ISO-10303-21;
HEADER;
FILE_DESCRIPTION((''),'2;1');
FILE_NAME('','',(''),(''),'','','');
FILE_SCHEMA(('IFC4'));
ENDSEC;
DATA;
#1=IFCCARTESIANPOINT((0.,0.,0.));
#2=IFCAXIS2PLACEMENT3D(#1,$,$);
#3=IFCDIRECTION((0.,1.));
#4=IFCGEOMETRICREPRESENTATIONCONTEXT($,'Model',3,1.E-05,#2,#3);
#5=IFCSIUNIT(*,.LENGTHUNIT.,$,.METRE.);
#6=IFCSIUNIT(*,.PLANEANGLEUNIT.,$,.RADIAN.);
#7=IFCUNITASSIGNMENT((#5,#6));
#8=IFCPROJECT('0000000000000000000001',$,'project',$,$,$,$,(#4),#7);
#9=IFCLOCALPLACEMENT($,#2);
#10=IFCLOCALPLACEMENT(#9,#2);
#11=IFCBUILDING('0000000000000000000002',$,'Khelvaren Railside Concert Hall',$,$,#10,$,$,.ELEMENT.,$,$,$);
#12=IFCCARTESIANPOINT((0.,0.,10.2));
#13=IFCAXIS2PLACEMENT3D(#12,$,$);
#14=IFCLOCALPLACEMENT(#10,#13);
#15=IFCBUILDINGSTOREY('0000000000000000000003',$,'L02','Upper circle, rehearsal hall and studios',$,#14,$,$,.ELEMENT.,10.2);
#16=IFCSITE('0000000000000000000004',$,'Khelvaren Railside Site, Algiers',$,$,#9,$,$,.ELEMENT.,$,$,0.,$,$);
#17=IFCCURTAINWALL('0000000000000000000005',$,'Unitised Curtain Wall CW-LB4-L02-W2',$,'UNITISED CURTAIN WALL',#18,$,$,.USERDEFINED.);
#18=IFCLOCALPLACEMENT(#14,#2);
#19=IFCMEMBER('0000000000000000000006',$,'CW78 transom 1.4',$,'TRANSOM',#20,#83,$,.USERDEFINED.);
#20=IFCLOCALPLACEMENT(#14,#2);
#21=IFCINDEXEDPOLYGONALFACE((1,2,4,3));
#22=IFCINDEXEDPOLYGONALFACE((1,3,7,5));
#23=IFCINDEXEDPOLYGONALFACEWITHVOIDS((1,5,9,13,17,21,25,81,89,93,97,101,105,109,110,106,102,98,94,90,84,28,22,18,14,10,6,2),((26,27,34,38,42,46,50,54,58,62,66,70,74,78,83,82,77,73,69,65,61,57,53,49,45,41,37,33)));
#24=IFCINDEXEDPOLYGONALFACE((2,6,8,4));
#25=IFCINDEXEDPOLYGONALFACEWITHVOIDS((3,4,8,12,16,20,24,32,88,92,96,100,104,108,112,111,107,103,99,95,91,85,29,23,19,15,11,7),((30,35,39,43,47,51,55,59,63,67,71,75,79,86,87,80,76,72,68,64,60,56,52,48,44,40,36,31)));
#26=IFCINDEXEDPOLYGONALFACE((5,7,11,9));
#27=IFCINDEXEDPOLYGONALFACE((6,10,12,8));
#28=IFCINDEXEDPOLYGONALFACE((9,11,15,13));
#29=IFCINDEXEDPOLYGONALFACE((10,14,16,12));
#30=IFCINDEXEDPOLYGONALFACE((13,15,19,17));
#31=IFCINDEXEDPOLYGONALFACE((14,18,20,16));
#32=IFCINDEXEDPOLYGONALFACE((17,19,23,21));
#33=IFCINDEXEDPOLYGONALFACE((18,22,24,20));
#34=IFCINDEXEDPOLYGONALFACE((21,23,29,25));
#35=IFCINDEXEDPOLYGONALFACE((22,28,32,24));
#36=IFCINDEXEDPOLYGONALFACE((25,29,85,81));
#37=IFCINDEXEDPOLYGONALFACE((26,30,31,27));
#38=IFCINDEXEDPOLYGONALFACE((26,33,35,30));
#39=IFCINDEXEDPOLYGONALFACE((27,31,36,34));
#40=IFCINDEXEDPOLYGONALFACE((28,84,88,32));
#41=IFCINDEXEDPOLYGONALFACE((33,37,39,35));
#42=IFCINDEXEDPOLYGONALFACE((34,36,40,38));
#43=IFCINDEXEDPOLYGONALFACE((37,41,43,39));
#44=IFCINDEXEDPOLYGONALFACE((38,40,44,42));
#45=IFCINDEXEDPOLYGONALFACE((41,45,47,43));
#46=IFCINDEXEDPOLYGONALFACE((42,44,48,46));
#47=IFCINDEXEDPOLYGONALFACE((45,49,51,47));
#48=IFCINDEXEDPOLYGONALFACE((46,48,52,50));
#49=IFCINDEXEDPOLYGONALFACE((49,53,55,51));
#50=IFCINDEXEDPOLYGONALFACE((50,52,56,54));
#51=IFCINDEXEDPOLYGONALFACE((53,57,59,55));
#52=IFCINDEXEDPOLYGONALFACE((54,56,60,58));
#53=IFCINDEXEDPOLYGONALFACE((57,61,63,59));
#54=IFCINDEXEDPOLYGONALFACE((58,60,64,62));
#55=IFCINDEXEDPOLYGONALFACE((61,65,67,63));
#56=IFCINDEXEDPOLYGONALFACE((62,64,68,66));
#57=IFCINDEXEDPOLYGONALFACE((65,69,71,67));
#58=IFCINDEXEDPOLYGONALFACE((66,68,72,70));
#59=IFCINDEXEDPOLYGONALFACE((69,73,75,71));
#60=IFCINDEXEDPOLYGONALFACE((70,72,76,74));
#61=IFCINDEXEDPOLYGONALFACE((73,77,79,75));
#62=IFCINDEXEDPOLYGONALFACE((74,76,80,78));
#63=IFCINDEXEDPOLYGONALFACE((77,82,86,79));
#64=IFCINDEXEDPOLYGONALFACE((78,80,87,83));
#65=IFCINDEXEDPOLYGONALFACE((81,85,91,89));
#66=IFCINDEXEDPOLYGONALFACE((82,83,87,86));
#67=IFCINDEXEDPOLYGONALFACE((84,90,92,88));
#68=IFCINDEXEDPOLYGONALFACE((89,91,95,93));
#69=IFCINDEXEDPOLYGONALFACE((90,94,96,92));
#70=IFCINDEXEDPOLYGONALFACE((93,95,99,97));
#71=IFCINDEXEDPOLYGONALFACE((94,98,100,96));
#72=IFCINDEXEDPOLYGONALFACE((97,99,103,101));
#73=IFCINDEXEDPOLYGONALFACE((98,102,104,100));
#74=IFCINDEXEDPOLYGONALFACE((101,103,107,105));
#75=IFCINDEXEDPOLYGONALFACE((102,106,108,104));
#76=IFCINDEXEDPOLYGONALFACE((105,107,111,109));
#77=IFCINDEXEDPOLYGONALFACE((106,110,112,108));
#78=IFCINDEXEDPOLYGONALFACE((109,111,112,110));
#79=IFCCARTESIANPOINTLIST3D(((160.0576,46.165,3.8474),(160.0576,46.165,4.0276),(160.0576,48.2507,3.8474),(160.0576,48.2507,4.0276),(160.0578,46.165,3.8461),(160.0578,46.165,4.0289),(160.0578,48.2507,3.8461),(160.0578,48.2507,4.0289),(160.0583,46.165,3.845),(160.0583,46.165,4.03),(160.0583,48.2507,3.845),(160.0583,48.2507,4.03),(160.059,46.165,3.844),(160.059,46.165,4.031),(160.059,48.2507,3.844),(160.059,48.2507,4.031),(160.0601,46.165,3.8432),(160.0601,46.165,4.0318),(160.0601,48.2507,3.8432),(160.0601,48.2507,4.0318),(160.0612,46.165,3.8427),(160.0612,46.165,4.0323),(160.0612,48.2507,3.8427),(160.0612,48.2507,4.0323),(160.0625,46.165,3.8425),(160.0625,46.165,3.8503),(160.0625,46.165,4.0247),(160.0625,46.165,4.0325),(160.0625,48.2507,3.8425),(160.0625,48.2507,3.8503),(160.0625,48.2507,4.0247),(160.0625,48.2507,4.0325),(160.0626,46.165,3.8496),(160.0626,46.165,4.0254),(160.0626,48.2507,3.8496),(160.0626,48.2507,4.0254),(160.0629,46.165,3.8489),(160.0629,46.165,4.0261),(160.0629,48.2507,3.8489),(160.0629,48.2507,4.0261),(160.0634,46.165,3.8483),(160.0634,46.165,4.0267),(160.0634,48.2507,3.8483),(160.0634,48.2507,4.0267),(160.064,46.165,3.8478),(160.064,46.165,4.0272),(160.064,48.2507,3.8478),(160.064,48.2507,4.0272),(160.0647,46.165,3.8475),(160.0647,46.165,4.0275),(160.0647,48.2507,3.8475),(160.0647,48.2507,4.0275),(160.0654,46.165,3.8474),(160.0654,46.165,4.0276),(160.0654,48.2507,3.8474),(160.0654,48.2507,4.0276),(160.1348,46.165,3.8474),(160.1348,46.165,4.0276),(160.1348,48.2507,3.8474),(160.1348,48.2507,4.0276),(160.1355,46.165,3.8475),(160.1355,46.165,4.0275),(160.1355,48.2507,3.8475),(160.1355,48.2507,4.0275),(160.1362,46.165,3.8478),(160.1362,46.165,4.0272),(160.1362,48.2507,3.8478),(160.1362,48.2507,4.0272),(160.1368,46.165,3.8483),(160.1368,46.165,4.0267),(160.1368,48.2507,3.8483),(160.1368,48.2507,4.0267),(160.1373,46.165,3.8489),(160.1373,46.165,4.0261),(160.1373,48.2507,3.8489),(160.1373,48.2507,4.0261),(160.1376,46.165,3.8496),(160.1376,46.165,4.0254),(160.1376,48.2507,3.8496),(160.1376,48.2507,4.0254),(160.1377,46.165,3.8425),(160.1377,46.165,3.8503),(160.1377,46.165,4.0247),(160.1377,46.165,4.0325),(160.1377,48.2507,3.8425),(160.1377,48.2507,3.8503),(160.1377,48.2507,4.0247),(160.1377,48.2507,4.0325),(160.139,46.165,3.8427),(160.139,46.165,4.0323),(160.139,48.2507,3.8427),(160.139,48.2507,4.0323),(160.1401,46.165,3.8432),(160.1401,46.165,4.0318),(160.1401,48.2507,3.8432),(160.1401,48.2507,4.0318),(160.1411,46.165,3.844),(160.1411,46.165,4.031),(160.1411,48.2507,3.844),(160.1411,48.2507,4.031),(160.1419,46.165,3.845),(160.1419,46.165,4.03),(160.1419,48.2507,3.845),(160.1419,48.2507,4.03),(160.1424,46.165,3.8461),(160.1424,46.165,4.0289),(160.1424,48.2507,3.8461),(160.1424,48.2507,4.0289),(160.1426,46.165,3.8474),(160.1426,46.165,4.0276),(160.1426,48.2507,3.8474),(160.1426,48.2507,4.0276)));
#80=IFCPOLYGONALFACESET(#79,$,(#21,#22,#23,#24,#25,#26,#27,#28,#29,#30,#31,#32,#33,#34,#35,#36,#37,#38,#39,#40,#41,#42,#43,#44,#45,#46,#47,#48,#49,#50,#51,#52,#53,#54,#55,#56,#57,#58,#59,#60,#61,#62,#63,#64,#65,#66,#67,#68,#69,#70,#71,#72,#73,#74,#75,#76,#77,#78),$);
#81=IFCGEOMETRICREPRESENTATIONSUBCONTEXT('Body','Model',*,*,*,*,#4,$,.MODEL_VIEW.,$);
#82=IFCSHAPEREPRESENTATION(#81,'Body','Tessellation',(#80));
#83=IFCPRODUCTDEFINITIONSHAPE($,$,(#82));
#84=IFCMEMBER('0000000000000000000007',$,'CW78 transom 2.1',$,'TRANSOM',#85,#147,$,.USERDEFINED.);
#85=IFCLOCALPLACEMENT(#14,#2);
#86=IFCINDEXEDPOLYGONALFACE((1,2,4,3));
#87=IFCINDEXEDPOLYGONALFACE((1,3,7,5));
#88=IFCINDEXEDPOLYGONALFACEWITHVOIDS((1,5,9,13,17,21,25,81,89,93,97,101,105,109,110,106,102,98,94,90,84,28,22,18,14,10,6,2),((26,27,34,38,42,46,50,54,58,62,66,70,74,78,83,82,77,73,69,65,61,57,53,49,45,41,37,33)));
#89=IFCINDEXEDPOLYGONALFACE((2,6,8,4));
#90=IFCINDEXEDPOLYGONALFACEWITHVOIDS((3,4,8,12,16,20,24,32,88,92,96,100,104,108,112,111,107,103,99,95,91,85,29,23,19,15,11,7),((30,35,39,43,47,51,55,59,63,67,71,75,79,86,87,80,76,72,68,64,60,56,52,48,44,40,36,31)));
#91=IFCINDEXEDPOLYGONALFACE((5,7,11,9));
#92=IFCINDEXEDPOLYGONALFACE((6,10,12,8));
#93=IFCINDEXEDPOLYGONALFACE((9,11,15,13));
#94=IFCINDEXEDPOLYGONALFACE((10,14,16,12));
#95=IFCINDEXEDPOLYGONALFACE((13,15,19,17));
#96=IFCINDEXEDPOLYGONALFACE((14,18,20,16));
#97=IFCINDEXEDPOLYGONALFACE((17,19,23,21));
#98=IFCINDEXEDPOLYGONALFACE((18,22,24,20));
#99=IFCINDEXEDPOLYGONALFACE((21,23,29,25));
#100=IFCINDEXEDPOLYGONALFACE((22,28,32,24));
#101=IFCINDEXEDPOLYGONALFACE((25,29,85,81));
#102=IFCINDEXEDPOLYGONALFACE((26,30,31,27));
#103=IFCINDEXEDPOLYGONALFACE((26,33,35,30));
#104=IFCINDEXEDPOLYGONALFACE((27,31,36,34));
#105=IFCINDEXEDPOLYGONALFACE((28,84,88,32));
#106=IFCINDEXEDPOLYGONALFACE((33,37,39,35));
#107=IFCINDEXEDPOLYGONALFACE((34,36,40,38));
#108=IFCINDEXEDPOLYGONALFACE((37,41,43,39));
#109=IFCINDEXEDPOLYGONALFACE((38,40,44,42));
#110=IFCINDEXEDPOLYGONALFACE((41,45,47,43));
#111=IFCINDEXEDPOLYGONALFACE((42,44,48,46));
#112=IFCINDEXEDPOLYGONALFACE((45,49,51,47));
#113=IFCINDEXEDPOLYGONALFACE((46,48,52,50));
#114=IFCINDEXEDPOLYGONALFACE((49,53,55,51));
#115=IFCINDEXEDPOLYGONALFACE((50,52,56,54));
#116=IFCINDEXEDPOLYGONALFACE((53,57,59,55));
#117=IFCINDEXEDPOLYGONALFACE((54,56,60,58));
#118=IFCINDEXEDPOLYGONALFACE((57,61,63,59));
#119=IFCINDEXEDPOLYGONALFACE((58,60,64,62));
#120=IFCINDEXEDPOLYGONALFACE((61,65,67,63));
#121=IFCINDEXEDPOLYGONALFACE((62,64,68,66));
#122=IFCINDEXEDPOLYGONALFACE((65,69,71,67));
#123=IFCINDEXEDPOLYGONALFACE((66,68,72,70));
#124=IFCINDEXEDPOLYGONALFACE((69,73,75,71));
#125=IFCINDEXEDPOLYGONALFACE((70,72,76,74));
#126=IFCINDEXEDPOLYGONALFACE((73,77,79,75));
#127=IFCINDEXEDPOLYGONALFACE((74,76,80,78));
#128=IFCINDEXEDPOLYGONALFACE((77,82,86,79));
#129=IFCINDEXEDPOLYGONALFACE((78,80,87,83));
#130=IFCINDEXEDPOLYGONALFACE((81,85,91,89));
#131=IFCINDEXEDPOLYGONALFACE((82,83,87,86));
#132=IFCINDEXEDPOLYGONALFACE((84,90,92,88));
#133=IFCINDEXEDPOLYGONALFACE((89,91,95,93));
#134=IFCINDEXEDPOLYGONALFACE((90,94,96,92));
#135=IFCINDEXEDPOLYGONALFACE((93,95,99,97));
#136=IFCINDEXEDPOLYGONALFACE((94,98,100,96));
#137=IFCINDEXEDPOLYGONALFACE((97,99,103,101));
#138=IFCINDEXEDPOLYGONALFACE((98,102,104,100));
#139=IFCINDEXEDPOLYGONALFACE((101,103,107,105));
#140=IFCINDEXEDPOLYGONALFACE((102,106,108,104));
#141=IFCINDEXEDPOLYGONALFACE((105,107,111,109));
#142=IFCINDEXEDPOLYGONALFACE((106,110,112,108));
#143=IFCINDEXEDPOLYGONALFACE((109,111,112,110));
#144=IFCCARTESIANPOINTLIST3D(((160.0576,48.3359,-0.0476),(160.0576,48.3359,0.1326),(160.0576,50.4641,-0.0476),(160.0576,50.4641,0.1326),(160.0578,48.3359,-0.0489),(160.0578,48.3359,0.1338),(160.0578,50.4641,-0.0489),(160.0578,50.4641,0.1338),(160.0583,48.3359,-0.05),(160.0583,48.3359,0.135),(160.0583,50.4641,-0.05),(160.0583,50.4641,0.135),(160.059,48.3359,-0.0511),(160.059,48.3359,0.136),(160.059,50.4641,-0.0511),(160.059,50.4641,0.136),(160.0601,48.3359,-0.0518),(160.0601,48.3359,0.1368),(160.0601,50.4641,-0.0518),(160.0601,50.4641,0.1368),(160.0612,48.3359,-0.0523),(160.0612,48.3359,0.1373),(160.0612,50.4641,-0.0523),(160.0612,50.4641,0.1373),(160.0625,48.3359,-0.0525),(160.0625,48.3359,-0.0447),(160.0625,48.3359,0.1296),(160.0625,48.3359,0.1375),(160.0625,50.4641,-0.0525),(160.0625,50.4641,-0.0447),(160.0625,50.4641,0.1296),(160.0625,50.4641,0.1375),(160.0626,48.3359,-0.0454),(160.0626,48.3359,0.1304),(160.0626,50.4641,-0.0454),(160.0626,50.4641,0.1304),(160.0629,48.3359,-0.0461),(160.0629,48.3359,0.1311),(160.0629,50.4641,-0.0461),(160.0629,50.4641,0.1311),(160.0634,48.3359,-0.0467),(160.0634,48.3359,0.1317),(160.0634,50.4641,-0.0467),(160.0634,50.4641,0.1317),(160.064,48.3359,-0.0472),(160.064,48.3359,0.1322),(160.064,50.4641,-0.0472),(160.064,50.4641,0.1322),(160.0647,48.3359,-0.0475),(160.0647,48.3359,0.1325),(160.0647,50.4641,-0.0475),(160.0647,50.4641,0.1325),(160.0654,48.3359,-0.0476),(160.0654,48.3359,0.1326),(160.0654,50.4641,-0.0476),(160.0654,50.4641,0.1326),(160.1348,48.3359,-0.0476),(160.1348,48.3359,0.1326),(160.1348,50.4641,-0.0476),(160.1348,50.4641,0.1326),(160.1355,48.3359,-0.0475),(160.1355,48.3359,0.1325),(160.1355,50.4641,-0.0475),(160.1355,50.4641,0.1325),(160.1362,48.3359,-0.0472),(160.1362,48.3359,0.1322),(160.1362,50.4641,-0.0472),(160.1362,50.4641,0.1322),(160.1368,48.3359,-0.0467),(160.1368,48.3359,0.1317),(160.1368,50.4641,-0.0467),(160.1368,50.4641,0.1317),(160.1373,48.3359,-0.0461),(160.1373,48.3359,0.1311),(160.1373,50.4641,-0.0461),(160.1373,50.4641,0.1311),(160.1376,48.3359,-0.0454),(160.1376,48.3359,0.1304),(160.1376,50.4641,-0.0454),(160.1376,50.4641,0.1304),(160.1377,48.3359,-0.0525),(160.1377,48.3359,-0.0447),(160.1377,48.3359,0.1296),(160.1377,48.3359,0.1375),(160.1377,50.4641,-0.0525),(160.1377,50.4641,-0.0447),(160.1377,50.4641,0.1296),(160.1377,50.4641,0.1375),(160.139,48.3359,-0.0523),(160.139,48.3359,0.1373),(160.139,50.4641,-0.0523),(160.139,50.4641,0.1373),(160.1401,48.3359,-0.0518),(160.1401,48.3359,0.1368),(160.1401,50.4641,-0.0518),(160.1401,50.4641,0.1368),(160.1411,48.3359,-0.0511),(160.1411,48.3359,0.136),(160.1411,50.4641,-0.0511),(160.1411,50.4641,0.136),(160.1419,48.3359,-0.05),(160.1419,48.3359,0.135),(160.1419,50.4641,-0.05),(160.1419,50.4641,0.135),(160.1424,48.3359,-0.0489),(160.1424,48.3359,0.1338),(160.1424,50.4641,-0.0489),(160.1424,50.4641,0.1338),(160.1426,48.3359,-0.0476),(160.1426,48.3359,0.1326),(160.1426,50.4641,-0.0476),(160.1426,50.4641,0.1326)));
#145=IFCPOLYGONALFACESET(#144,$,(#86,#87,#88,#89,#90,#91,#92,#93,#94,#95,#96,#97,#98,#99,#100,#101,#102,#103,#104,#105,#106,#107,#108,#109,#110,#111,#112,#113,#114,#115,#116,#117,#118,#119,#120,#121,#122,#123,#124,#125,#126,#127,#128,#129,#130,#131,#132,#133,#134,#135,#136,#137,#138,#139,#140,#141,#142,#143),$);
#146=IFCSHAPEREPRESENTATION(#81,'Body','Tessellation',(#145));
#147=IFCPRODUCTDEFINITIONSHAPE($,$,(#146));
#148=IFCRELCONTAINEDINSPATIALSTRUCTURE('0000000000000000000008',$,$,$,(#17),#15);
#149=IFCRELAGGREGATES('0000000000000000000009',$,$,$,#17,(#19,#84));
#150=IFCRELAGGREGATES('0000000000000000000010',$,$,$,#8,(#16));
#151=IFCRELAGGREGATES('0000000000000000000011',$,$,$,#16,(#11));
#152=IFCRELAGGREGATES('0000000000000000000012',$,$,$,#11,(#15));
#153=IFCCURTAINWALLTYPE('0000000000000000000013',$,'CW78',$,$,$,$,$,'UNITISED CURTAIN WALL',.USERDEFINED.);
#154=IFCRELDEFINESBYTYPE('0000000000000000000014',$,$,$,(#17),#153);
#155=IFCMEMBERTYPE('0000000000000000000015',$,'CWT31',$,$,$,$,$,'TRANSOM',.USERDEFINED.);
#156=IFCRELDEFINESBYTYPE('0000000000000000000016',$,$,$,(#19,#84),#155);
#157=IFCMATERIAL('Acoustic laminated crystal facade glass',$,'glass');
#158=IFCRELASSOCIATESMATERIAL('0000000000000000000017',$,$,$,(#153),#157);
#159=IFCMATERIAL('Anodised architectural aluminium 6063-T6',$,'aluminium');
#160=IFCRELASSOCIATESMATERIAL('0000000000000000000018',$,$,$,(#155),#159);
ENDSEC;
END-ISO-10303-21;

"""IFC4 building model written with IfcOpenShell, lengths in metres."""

from ifc_helpers import new_model, si_unit, direction, frame, origin, origin_2d, place, context, subcontext, project, spatial, hollow_rectangle, extrude, material, material_profile, profile_set, type_object, element, aggregate, save


model = new_model("IFC4")

# Units and contexts
model_context = context("Model", 3, precision=1e-05, world=origin(), true_north=direction((0.0, 1.0)))
body_context = subcontext(model_context, "Body", "Model", "MODEL_VIEW")
ifc_project = project(units=[si_unit("LENGTHUNIT", "METRE"), si_unit("PLANEANGLEUNIT", "RADIAN")], contexts=[model_context])

# Site, building, storey
site_placement = place(None, origin())
site = spatial("IfcSite", under=ifc_project, at=site_placement, Name="Khelvaren Railside Site, Algiers", CompositionType="ELEMENT", RefElevation=0.0)
building_placement = place(site_placement, origin())
building = spatial("IfcBuilding", under=site, at=building_placement, Name="Khelvaren Railside Concert Hall", CompositionType="ELEMENT")
storey_placement = place(building_placement, frame((0.0, 0.0, 10.2)))
storey = spatial("IfcBuildingStorey", under=building, at=storey_placement, Name="L02", Description="Upper circle, rehearsal hall and studios", CompositionType="ELEMENT", Elevation=10.2)

# Curtain wall, members
ifc_material_1 = material(Name="Acoustic laminated crystal facade glass", Category="glass")
curtain_wall_type = type_object("IfcCurtainWallType", Name="CW78", ElementType="UNITISED CURTAIN WALL", PredefinedType="USERDEFINED", material=ifc_material_1)
curtain_wall_placement = place(storey_placement, origin())
curtain_wall = element("IfcCurtainWall", 1, at=curtain_wall_placement, inside=storey, type_object=curtain_wall_type, Name="Unitised Curtain Wall CW-LB4-L02-W2", ObjectType="UNITISED CURTAIN WALL", PredefinedType="USERDEFINED")
ifc_material_2 = material(Name="Anodised architectural aluminium 6063-T6", Category="aluminium")
ifc_material_profile_1 = material_profile(ifc_material_2, hollow_rectangle(XDim=0.085, YDim=0.1899, WallThickness=0.0049, InnerFilletRadius=0.0029, OuterFilletRadius=0.0049, at=origin_2d()), Name="CWT 85x190x5")
ifc_profile_set_1 = profile_set([ifc_material_profile_1], Name="Anodised architectural aluminium 6063-T6")
member_type_1 = type_object("IfcMemberType", Name="CWT31", ElementType="TRANSOM", PredefinedType="USERDEFINED", material=ifc_profile_set_1)
member_1_placement = place(storey_placement, frame((160.1001, 46.165, 3.9375), z_axis=(0.0, 1.0, 0.0), x_axis=(-1.0, 0.0, 0.0)))
member_1 = element("IfcMember", 2, at=member_1_placement, type_object=member_type_1, Name="CW78 transom 1.4", ObjectType="TRANSOM", PredefinedType="USERDEFINED", context=body_context, shape_type="SweptSolid", body=[
    extrude(hollow_rectangle(XDim=0.085, YDim=0.1899, WallThickness=0.0049, InnerFilletRadius=0.0029, OuterFilletRadius=0.0049, at=origin_2d()), origin(), (0.0, 0.0, 1.0), 2.0857),
])
member_2_placement = place(storey_placement, frame((160.1001, 48.3359, 0.0425), z_axis=(0.0, 1.0, 0.0), x_axis=(-1.0, 0.0, 0.0)))
member_2 = element("IfcMember", 3, at=member_2_placement, type_object=member_type_1, Name="CW78 transom 2.1", ObjectType="TRANSOM", PredefinedType="USERDEFINED", context=body_context, shape_type="SweptSolid", body=[
    extrude(hollow_rectangle(XDim=0.085, YDim=0.1899, WallThickness=0.0049, InnerFilletRadius=0.0029, OuterFilletRadius=0.0049, at=origin_2d()), origin(), (0.0, 0.0, 1.0), 2.1282),
])

aggregate(curtain_wall, [member_1, member_2])

save(model, "model.ifc")
